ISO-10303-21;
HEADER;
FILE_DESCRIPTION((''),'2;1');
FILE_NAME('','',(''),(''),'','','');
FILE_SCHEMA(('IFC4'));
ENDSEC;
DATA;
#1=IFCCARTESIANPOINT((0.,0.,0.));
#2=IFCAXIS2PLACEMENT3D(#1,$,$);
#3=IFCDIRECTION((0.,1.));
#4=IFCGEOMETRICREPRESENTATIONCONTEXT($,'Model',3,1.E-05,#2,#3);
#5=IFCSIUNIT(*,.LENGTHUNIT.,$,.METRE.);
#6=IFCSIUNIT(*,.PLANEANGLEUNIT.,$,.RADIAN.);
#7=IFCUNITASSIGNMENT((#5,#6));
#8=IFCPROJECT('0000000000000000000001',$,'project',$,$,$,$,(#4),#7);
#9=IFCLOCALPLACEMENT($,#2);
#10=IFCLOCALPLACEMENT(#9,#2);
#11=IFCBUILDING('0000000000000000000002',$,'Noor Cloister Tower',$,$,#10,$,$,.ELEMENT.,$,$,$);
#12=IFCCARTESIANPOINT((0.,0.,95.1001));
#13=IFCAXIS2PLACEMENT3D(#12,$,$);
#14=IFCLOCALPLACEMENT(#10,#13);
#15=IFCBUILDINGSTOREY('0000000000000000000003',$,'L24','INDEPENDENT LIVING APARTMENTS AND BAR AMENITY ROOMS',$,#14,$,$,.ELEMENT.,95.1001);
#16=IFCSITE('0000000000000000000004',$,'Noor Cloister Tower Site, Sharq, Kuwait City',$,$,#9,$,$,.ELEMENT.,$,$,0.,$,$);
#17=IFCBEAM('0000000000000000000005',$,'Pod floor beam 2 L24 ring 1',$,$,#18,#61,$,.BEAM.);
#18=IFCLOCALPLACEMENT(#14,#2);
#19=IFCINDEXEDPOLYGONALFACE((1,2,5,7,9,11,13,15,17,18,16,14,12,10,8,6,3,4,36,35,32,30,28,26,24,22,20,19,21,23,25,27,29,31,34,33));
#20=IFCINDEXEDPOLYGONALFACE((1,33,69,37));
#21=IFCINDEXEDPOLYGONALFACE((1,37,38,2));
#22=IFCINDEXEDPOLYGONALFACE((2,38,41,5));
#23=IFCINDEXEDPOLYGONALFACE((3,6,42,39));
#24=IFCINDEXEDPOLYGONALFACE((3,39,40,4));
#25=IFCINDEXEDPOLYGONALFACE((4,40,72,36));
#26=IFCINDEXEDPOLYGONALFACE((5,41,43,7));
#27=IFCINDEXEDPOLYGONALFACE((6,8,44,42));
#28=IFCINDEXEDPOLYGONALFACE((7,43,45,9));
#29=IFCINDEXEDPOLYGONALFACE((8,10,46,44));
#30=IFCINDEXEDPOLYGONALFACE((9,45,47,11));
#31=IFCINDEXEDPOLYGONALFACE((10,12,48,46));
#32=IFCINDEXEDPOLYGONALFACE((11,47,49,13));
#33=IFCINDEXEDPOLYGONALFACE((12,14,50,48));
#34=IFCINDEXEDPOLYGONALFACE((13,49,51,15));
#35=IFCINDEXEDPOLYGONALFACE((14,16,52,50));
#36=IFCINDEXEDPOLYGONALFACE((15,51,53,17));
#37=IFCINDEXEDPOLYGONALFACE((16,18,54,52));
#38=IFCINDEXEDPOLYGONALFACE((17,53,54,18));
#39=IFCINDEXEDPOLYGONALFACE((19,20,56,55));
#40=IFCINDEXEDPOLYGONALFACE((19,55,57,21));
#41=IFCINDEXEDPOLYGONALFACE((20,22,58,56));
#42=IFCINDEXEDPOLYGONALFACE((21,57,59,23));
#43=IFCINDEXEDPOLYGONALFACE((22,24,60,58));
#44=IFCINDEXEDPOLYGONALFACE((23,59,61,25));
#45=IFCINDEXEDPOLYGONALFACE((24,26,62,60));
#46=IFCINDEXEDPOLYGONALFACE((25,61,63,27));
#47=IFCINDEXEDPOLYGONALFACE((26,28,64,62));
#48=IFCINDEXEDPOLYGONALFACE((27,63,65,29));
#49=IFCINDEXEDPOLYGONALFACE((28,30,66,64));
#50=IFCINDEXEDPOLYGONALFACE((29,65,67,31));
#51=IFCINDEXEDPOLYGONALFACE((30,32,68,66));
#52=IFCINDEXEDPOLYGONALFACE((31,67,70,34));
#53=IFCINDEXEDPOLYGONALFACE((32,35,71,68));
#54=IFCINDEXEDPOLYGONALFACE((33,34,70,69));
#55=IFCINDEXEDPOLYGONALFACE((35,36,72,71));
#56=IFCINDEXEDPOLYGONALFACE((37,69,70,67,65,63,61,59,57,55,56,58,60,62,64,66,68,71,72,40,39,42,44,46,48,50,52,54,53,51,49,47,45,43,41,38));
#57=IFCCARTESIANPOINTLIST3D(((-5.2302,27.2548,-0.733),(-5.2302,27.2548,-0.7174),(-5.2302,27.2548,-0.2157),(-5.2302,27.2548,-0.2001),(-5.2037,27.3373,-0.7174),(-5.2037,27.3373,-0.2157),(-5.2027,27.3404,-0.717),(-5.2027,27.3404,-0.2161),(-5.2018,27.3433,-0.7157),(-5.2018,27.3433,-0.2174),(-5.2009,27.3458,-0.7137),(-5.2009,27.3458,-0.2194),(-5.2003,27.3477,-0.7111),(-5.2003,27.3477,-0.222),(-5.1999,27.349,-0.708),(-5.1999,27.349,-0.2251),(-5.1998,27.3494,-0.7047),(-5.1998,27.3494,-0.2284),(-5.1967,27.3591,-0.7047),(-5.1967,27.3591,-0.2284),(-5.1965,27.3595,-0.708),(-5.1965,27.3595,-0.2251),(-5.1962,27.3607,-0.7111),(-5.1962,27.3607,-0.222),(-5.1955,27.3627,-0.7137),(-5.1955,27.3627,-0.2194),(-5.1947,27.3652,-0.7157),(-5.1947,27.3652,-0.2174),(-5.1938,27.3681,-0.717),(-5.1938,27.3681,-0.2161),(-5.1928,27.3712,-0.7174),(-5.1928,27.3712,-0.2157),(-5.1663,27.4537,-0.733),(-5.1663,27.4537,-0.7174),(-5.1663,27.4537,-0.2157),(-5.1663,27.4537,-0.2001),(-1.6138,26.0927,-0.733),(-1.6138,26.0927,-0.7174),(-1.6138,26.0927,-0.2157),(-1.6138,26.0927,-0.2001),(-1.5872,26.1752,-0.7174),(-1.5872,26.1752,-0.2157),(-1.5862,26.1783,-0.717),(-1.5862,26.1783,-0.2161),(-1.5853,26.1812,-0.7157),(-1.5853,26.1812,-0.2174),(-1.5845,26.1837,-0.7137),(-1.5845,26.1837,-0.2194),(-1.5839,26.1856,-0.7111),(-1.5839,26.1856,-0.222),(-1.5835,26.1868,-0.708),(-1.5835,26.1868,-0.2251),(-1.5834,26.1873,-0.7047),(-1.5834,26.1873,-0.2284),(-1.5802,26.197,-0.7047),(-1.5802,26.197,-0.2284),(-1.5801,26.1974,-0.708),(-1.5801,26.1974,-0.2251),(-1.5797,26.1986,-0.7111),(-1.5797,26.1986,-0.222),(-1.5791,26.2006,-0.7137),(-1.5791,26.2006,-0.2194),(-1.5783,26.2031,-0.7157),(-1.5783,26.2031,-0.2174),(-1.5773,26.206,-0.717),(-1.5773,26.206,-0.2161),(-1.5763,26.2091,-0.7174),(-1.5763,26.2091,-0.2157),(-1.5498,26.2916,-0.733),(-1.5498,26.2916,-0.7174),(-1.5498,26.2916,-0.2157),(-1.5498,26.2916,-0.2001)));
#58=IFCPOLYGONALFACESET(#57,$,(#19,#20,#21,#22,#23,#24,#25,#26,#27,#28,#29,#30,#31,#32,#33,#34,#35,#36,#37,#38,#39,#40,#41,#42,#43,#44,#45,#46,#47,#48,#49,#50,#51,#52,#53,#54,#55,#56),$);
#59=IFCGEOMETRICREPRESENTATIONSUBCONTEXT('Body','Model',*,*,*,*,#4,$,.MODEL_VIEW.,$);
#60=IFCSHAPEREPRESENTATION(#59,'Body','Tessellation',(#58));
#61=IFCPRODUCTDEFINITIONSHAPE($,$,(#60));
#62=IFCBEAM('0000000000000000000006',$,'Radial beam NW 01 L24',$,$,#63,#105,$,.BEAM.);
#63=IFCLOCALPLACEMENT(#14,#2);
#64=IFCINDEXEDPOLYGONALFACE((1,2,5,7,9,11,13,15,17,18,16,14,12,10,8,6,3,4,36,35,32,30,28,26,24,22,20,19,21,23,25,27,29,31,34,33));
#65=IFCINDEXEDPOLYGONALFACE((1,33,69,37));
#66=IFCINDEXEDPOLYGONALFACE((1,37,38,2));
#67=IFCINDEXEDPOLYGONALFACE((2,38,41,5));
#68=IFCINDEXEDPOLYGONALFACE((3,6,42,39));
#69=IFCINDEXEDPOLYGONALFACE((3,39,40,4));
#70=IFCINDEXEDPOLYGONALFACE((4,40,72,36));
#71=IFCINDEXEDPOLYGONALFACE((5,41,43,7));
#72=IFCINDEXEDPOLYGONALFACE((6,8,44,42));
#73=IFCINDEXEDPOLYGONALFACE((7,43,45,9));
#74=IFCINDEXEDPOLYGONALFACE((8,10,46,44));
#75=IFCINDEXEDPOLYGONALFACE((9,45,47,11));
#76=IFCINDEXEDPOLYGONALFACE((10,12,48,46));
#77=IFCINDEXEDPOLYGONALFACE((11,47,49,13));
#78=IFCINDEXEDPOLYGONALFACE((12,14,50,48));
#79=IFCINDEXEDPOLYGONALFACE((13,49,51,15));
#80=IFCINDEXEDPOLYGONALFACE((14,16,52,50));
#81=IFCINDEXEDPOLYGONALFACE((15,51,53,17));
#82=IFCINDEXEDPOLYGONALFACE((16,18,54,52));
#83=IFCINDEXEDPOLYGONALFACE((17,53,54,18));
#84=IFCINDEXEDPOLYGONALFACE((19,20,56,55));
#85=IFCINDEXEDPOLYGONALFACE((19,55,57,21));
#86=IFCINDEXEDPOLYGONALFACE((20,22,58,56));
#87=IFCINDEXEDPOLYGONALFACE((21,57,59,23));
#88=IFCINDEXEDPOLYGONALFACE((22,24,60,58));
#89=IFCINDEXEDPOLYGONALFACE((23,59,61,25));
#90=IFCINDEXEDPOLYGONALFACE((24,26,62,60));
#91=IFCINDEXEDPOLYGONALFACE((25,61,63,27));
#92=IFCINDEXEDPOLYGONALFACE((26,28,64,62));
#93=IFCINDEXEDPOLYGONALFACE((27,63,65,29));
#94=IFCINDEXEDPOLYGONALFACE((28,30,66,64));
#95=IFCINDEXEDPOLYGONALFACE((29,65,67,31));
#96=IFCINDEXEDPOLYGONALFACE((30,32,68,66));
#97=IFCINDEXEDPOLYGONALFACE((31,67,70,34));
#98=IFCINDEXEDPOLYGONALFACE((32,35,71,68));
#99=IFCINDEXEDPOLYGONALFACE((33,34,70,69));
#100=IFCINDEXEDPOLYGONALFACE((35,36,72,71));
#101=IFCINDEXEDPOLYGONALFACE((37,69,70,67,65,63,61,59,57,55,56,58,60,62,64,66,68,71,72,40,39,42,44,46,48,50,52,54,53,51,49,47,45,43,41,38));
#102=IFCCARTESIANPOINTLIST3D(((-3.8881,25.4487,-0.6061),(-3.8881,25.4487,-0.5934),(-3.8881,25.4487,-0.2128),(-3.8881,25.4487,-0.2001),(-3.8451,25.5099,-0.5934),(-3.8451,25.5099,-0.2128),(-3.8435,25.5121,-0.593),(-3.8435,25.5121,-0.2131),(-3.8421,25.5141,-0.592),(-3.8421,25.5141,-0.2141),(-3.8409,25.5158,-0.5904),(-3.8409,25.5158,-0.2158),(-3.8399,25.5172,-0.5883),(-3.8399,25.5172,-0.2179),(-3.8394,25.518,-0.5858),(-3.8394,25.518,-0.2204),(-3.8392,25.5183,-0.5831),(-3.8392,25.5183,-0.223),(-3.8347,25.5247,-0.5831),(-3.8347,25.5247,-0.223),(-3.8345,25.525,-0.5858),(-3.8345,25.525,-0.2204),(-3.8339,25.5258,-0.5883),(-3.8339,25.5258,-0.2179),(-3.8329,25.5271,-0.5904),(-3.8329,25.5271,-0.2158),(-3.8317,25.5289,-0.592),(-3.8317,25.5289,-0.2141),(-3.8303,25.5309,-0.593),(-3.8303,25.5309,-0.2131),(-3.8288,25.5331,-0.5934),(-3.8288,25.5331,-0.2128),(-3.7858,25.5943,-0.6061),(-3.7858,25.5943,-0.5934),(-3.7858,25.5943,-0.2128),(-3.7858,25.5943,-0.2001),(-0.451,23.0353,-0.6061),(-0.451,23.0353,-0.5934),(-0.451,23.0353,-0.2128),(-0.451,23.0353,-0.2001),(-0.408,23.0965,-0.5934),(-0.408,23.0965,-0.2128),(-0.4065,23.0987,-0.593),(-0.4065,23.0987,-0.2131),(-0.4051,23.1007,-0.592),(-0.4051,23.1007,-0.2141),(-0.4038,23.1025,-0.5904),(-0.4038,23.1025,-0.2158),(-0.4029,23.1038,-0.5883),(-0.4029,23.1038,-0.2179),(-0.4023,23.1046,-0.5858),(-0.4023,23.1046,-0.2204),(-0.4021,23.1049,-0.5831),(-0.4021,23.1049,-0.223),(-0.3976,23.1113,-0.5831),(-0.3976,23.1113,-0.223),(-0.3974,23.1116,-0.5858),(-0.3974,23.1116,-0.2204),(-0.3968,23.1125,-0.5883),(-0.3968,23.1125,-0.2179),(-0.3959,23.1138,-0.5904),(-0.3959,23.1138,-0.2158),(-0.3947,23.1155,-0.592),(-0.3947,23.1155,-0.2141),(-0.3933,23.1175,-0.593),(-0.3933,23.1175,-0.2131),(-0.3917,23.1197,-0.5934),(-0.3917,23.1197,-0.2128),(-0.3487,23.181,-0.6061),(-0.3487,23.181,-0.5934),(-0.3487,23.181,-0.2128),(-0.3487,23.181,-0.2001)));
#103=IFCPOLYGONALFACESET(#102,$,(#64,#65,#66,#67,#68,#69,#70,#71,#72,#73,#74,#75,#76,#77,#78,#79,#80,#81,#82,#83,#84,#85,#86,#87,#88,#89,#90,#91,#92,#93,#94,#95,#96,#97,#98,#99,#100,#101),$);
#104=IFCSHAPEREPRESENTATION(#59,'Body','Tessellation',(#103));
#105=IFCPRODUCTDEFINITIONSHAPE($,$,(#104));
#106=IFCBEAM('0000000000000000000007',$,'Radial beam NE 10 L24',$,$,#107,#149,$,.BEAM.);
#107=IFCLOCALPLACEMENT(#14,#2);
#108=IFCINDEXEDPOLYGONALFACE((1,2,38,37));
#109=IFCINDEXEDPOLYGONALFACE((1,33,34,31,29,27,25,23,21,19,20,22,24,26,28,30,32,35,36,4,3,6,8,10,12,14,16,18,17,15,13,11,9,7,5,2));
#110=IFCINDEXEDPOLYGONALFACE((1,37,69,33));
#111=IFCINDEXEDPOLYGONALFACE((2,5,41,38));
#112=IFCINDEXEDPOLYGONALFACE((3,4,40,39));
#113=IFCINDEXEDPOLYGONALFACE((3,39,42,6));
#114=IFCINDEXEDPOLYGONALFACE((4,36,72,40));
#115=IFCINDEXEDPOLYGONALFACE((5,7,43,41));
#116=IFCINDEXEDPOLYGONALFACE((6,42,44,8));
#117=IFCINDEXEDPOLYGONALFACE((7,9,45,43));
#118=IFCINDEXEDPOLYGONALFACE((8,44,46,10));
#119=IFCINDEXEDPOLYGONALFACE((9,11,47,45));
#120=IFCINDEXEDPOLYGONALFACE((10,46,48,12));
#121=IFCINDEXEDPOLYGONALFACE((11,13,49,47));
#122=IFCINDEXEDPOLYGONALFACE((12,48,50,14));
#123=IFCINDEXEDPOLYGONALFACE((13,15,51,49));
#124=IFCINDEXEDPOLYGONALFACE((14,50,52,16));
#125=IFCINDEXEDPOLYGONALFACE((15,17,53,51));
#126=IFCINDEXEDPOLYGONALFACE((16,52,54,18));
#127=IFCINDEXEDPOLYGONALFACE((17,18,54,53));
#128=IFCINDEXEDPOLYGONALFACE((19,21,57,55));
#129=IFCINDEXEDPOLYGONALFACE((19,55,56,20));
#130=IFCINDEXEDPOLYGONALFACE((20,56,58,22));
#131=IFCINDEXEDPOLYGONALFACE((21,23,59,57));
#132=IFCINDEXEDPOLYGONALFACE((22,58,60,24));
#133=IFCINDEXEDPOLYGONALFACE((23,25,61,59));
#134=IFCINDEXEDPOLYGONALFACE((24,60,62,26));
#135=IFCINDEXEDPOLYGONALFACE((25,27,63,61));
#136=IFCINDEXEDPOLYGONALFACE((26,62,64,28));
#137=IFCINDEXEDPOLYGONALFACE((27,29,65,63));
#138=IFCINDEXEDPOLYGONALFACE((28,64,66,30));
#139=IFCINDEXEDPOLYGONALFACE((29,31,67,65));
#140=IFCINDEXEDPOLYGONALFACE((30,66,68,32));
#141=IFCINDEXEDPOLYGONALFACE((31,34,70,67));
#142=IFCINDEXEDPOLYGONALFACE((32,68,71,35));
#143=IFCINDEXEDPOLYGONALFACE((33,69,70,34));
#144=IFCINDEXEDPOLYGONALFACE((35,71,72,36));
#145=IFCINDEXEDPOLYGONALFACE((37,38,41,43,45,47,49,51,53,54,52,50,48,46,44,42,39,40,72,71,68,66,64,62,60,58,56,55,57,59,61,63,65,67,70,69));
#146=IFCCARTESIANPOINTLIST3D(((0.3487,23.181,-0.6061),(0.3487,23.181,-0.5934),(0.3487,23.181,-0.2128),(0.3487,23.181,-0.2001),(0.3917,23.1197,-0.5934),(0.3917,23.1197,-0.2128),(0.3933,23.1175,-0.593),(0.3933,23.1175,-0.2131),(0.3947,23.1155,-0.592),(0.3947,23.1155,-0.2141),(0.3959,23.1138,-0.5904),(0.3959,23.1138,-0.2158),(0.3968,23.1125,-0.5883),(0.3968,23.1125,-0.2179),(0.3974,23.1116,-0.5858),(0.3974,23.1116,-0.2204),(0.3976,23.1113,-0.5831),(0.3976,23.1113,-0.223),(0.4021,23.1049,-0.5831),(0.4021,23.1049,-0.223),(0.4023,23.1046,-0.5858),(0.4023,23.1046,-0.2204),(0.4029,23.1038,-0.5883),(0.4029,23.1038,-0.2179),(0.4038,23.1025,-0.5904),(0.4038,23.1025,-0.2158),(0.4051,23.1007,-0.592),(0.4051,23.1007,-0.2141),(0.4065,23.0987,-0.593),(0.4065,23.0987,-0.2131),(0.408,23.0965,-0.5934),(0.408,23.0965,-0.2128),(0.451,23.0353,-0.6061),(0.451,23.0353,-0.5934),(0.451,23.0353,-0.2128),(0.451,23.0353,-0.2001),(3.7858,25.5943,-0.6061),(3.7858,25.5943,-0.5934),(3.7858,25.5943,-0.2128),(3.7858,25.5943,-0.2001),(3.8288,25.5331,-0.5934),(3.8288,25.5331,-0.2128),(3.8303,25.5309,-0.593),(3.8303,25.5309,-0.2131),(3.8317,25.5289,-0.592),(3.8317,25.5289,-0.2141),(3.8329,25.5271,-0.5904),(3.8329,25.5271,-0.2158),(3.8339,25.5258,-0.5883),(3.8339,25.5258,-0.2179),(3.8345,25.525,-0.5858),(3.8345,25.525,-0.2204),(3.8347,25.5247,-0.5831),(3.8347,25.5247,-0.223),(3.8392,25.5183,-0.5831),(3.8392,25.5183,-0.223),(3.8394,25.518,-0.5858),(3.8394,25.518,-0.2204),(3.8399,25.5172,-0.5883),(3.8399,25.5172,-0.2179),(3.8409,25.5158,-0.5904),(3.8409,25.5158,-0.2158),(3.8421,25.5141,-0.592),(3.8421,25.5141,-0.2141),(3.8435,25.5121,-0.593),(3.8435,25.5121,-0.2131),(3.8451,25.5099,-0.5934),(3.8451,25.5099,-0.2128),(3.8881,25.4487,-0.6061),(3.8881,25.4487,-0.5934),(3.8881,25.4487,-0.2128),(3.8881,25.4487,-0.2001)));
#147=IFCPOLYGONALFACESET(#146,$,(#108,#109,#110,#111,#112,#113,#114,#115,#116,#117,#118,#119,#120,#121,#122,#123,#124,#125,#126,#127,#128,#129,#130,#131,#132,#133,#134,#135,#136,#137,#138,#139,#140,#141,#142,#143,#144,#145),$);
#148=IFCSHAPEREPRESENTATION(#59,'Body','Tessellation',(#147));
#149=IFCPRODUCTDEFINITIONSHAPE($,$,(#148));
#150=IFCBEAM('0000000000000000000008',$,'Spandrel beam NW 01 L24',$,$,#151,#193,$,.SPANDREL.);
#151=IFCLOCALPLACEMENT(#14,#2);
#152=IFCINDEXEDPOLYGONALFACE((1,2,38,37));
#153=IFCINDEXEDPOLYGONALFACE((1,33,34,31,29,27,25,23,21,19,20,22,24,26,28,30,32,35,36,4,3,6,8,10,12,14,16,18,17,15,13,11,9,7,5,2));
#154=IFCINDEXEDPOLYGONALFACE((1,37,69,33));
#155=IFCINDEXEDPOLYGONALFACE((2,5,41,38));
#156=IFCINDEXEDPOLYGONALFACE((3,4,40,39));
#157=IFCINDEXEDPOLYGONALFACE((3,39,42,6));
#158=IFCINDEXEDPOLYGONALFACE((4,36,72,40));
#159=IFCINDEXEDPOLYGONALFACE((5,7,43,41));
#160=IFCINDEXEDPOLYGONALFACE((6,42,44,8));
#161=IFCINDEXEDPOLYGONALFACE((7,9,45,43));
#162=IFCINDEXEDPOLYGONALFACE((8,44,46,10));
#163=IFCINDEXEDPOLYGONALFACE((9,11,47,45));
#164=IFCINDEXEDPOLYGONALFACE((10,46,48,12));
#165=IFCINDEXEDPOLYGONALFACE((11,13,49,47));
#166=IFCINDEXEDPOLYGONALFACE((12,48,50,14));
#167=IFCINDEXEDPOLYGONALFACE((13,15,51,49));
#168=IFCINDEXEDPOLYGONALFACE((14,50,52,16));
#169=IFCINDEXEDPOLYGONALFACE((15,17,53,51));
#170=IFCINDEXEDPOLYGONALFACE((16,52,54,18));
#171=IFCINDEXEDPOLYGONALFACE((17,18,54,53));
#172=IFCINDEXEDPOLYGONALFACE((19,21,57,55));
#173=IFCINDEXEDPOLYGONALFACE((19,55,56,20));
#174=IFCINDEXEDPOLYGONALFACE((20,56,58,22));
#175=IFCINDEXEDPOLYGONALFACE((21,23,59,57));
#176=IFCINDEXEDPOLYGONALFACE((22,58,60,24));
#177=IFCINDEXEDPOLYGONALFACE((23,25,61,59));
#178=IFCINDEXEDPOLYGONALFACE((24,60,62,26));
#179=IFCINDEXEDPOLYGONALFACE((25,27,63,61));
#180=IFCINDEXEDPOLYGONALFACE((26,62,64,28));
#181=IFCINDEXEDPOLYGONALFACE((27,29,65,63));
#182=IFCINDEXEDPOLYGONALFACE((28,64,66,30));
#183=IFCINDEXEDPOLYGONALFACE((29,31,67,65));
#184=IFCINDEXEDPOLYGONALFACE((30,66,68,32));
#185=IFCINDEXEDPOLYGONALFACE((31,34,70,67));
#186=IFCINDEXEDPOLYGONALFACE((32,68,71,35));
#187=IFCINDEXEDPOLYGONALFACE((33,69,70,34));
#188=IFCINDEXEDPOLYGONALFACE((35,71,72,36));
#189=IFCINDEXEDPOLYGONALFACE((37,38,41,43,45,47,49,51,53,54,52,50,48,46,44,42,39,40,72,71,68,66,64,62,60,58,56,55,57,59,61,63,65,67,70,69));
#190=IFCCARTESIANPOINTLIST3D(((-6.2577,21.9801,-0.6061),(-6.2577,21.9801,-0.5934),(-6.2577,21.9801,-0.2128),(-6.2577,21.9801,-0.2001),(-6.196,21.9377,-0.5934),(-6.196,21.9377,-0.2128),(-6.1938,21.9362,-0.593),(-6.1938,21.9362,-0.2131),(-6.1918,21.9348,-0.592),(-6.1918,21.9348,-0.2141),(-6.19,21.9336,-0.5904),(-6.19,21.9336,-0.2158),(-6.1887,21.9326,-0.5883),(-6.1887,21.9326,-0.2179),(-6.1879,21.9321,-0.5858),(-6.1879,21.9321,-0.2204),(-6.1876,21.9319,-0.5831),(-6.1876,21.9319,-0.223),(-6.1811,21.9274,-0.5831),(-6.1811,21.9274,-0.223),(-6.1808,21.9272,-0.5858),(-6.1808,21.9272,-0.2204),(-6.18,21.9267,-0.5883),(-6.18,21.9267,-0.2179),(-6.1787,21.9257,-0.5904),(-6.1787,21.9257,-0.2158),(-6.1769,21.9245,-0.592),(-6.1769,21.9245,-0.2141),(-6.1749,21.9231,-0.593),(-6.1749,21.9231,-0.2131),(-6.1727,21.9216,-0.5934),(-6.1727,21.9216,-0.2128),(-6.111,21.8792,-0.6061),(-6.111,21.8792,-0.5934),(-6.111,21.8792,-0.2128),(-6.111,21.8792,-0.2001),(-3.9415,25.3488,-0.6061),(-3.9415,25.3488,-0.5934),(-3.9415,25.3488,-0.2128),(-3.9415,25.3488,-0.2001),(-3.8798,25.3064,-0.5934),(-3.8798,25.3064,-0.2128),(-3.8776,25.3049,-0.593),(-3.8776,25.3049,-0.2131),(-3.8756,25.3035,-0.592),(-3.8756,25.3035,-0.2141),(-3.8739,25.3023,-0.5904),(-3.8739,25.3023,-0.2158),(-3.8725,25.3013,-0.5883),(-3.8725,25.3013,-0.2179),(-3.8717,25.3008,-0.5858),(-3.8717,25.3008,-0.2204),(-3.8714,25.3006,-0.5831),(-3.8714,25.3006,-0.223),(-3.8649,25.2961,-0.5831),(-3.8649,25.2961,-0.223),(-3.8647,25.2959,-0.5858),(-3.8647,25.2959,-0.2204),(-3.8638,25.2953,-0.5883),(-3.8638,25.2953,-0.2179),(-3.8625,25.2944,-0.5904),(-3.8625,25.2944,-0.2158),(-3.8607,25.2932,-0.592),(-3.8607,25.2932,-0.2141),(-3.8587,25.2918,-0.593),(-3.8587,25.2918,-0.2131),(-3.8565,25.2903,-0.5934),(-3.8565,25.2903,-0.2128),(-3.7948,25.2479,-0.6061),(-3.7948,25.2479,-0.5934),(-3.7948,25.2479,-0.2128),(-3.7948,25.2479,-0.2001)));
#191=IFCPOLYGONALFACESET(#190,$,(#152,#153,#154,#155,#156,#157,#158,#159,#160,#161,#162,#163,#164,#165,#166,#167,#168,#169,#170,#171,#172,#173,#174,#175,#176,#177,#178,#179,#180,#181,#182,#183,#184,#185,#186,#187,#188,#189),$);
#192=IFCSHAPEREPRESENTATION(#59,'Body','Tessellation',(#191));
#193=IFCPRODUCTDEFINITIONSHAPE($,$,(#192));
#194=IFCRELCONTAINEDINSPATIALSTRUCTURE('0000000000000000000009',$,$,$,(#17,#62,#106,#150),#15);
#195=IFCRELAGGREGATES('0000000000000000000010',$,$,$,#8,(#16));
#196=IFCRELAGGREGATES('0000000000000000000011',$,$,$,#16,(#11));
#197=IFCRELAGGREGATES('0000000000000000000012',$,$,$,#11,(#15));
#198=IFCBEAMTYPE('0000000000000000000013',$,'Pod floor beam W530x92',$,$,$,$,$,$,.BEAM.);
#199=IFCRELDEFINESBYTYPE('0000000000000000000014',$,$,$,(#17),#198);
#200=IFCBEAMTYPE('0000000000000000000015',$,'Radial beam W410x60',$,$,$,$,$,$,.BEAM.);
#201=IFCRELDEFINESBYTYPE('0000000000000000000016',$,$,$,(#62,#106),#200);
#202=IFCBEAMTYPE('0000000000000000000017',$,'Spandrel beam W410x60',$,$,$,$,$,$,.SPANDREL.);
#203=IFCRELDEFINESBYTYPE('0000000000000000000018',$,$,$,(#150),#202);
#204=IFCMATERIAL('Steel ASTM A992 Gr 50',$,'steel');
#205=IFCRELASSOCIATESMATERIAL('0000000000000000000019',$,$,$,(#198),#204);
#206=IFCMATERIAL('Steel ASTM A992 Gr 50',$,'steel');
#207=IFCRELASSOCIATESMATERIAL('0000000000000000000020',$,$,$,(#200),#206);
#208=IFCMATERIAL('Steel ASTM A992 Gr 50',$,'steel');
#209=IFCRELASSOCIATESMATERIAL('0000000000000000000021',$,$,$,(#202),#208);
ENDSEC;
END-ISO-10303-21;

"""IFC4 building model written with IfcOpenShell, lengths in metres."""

from ifc_helpers import new_model, si_unit, direction, frame, origin, origin_2d, place, context, subcontext, project, spatial, i_section, extrude, material, material_profile, profile_set, type_object, element, save


model = new_model("IFC4")

# Units and contexts
model_context = context("Model", 3, precision=1e-05, world=origin(), true_north=direction((0.0, 1.0)))
body_context = subcontext(model_context, "Body", "Model", "MODEL_VIEW")
ifc_project = project(units=[si_unit("LENGTHUNIT", "METRE"), si_unit("PLANEANGLEUNIT", "RADIAN")], contexts=[model_context])

# Site, building, storey
site_placement = place(None, origin())
site = spatial("IfcSite", under=ifc_project, at=site_placement, Name="Noor Cloister Tower Site, Sharq, Kuwait City", CompositionType="ELEMENT", RefElevation=0.0)
building_placement = place(site_placement, origin())
building = spatial("IfcBuilding", under=site, at=building_placement, Name="Noor Cloister Tower", CompositionType="ELEMENT")
storey_placement = place(building_placement, frame((0.0, 0.0, 95.1001)))
storey = spatial("IfcBuildingStorey", under=building, at=storey_placement, Name="L24", Description="INDEPENDENT LIVING APARTMENTS AND BAR AMENITY ROOMS", CompositionType="ELEMENT", Elevation=95.1001)

# Beams
ifc_material_1 = material(Name="Steel ASTM A992 Gr 50", Category="steel")
ifc_material_profile_1 = material_profile(ifc_material_1, i_section(OverallWidth=0.209, OverallDepth=0.533, WebThickness=0.0103, FlangeThickness=0.0156, FilletRadius=0.0127, at=origin_2d()), Name="W530x92")
ifc_profile_set_1 = profile_set([ifc_material_profile_1], Name="Steel ASTM A992 Gr 50")
beam_type_1 = type_object("IfcBeamType", Name="Pod floor beam W530x92", PredefinedType="BEAM", material=ifc_profile_set_1)
beam_1_placement = place(storey_placement, frame((-1.5818, 26.1921, -0.4666), z_axis=(-0.952053, 0.305932, 0.0), x_axis=(-0.305932, -0.952053, 0.0)))
element("IfcBeam", 1, at=beam_1_placement, inside=storey, type_object=beam_type_1, Name="Pod floor beam 2 L24 ring 1", PredefinedType="BEAM", context=body_context, shape_type="SweptSolid", body=[
    extrude(i_section(OverallWidth=0.209, OverallDepth=0.533, WebThickness=0.0103, FlangeThickness=0.0156, FilletRadius=0.0127, at=origin_2d()), origin(), (0.0, 0.0, 1.0), 3.7986),
])
ifc_material_2 = material(Name="Steel ASTM A992 Gr 50", Category="steel")
ifc_material_profile_2 = material_profile(ifc_material_2, i_section(OverallWidth=0.178, OverallDepth=0.406, WebThickness=0.0078, FlangeThickness=0.0127, FilletRadius=0.0103, at=origin_2d()), Name="W410x60")
ifc_profile_set_2 = profile_set([ifc_material_profile_2], Name="Steel ASTM A992 Gr 50")
beam_type_2 = type_object("IfcBeamType", Name="Radial beam W410x60", PredefinedType="BEAM", material=ifc_profile_set_2)
for number, where, z_axis, x_axis, name in (
    (2, (-3.8369, 25.5215, -0.4031), (0.818401, -0.574648, 0.0), (0.574648, 0.818401, 0.0), "Radial beam NW 01 L24"),
    (3, (3.8369, 25.5215, -0.4031), (-0.818401, -0.574648, 0.0), (0.574648, -0.818401, 0.0), "Radial beam NE 10 L24"),
):
    element("IfcBeam", number, at=place(storey_placement, frame(where, z_axis=z_axis, x_axis=x_axis)), inside=storey, type_object=beam_type_2, Name=name, PredefinedType="BEAM", context=body_context, shape_type="SweptSolid", body=[
        extrude(i_section(OverallWidth=0.178, OverallDepth=0.406, WebThickness=0.0078, FlangeThickness=0.0127, FilletRadius=0.0103, at=origin_2d()), origin(), (0.0, 0.0, 1.0), 4.1997),
    ])
ifc_material_3 = material(Name="Steel ASTM A992 Gr 50", Category="steel")
ifc_material_profile_3 = material_profile(ifc_material_3, i_section(OverallWidth=0.178, OverallDepth=0.406, WebThickness=0.0078, FlangeThickness=0.0127, FilletRadius=0.0103, at=origin_2d()), Name="W410x60")
ifc_profile_set_3 = profile_set([ifc_material_profile_3], Name="Steel ASTM A992 Gr 50")
beam_type_3 = type_object("IfcBeamType", Name="Spandrel beam W410x60", PredefinedType="SPANDREL", material=ifc_profile_set_3)
beam_2_placement = place(storey_placement, frame((-3.8682, 25.2983, -0.4031), z_axis=(-0.566564, -0.824018, 0.0), x_axis=(0.824018, -0.566564, 0.0)))
element("IfcBeam", 4, at=beam_2_placement, inside=storey, type_object=beam_type_3, Name="Spandrel beam NW 01 L24", PredefinedType="SPANDREL", context=body_context, shape_type="SweptSolid", body=[
    extrude(i_section(OverallWidth=0.178, OverallDepth=0.406, WebThickness=0.0078, FlangeThickness=0.0127, FilletRadius=0.0103, at=origin_2d()), origin(), (0.0, 0.0, 1.0), 4.0881),
])

save(model, "model.ifc")
